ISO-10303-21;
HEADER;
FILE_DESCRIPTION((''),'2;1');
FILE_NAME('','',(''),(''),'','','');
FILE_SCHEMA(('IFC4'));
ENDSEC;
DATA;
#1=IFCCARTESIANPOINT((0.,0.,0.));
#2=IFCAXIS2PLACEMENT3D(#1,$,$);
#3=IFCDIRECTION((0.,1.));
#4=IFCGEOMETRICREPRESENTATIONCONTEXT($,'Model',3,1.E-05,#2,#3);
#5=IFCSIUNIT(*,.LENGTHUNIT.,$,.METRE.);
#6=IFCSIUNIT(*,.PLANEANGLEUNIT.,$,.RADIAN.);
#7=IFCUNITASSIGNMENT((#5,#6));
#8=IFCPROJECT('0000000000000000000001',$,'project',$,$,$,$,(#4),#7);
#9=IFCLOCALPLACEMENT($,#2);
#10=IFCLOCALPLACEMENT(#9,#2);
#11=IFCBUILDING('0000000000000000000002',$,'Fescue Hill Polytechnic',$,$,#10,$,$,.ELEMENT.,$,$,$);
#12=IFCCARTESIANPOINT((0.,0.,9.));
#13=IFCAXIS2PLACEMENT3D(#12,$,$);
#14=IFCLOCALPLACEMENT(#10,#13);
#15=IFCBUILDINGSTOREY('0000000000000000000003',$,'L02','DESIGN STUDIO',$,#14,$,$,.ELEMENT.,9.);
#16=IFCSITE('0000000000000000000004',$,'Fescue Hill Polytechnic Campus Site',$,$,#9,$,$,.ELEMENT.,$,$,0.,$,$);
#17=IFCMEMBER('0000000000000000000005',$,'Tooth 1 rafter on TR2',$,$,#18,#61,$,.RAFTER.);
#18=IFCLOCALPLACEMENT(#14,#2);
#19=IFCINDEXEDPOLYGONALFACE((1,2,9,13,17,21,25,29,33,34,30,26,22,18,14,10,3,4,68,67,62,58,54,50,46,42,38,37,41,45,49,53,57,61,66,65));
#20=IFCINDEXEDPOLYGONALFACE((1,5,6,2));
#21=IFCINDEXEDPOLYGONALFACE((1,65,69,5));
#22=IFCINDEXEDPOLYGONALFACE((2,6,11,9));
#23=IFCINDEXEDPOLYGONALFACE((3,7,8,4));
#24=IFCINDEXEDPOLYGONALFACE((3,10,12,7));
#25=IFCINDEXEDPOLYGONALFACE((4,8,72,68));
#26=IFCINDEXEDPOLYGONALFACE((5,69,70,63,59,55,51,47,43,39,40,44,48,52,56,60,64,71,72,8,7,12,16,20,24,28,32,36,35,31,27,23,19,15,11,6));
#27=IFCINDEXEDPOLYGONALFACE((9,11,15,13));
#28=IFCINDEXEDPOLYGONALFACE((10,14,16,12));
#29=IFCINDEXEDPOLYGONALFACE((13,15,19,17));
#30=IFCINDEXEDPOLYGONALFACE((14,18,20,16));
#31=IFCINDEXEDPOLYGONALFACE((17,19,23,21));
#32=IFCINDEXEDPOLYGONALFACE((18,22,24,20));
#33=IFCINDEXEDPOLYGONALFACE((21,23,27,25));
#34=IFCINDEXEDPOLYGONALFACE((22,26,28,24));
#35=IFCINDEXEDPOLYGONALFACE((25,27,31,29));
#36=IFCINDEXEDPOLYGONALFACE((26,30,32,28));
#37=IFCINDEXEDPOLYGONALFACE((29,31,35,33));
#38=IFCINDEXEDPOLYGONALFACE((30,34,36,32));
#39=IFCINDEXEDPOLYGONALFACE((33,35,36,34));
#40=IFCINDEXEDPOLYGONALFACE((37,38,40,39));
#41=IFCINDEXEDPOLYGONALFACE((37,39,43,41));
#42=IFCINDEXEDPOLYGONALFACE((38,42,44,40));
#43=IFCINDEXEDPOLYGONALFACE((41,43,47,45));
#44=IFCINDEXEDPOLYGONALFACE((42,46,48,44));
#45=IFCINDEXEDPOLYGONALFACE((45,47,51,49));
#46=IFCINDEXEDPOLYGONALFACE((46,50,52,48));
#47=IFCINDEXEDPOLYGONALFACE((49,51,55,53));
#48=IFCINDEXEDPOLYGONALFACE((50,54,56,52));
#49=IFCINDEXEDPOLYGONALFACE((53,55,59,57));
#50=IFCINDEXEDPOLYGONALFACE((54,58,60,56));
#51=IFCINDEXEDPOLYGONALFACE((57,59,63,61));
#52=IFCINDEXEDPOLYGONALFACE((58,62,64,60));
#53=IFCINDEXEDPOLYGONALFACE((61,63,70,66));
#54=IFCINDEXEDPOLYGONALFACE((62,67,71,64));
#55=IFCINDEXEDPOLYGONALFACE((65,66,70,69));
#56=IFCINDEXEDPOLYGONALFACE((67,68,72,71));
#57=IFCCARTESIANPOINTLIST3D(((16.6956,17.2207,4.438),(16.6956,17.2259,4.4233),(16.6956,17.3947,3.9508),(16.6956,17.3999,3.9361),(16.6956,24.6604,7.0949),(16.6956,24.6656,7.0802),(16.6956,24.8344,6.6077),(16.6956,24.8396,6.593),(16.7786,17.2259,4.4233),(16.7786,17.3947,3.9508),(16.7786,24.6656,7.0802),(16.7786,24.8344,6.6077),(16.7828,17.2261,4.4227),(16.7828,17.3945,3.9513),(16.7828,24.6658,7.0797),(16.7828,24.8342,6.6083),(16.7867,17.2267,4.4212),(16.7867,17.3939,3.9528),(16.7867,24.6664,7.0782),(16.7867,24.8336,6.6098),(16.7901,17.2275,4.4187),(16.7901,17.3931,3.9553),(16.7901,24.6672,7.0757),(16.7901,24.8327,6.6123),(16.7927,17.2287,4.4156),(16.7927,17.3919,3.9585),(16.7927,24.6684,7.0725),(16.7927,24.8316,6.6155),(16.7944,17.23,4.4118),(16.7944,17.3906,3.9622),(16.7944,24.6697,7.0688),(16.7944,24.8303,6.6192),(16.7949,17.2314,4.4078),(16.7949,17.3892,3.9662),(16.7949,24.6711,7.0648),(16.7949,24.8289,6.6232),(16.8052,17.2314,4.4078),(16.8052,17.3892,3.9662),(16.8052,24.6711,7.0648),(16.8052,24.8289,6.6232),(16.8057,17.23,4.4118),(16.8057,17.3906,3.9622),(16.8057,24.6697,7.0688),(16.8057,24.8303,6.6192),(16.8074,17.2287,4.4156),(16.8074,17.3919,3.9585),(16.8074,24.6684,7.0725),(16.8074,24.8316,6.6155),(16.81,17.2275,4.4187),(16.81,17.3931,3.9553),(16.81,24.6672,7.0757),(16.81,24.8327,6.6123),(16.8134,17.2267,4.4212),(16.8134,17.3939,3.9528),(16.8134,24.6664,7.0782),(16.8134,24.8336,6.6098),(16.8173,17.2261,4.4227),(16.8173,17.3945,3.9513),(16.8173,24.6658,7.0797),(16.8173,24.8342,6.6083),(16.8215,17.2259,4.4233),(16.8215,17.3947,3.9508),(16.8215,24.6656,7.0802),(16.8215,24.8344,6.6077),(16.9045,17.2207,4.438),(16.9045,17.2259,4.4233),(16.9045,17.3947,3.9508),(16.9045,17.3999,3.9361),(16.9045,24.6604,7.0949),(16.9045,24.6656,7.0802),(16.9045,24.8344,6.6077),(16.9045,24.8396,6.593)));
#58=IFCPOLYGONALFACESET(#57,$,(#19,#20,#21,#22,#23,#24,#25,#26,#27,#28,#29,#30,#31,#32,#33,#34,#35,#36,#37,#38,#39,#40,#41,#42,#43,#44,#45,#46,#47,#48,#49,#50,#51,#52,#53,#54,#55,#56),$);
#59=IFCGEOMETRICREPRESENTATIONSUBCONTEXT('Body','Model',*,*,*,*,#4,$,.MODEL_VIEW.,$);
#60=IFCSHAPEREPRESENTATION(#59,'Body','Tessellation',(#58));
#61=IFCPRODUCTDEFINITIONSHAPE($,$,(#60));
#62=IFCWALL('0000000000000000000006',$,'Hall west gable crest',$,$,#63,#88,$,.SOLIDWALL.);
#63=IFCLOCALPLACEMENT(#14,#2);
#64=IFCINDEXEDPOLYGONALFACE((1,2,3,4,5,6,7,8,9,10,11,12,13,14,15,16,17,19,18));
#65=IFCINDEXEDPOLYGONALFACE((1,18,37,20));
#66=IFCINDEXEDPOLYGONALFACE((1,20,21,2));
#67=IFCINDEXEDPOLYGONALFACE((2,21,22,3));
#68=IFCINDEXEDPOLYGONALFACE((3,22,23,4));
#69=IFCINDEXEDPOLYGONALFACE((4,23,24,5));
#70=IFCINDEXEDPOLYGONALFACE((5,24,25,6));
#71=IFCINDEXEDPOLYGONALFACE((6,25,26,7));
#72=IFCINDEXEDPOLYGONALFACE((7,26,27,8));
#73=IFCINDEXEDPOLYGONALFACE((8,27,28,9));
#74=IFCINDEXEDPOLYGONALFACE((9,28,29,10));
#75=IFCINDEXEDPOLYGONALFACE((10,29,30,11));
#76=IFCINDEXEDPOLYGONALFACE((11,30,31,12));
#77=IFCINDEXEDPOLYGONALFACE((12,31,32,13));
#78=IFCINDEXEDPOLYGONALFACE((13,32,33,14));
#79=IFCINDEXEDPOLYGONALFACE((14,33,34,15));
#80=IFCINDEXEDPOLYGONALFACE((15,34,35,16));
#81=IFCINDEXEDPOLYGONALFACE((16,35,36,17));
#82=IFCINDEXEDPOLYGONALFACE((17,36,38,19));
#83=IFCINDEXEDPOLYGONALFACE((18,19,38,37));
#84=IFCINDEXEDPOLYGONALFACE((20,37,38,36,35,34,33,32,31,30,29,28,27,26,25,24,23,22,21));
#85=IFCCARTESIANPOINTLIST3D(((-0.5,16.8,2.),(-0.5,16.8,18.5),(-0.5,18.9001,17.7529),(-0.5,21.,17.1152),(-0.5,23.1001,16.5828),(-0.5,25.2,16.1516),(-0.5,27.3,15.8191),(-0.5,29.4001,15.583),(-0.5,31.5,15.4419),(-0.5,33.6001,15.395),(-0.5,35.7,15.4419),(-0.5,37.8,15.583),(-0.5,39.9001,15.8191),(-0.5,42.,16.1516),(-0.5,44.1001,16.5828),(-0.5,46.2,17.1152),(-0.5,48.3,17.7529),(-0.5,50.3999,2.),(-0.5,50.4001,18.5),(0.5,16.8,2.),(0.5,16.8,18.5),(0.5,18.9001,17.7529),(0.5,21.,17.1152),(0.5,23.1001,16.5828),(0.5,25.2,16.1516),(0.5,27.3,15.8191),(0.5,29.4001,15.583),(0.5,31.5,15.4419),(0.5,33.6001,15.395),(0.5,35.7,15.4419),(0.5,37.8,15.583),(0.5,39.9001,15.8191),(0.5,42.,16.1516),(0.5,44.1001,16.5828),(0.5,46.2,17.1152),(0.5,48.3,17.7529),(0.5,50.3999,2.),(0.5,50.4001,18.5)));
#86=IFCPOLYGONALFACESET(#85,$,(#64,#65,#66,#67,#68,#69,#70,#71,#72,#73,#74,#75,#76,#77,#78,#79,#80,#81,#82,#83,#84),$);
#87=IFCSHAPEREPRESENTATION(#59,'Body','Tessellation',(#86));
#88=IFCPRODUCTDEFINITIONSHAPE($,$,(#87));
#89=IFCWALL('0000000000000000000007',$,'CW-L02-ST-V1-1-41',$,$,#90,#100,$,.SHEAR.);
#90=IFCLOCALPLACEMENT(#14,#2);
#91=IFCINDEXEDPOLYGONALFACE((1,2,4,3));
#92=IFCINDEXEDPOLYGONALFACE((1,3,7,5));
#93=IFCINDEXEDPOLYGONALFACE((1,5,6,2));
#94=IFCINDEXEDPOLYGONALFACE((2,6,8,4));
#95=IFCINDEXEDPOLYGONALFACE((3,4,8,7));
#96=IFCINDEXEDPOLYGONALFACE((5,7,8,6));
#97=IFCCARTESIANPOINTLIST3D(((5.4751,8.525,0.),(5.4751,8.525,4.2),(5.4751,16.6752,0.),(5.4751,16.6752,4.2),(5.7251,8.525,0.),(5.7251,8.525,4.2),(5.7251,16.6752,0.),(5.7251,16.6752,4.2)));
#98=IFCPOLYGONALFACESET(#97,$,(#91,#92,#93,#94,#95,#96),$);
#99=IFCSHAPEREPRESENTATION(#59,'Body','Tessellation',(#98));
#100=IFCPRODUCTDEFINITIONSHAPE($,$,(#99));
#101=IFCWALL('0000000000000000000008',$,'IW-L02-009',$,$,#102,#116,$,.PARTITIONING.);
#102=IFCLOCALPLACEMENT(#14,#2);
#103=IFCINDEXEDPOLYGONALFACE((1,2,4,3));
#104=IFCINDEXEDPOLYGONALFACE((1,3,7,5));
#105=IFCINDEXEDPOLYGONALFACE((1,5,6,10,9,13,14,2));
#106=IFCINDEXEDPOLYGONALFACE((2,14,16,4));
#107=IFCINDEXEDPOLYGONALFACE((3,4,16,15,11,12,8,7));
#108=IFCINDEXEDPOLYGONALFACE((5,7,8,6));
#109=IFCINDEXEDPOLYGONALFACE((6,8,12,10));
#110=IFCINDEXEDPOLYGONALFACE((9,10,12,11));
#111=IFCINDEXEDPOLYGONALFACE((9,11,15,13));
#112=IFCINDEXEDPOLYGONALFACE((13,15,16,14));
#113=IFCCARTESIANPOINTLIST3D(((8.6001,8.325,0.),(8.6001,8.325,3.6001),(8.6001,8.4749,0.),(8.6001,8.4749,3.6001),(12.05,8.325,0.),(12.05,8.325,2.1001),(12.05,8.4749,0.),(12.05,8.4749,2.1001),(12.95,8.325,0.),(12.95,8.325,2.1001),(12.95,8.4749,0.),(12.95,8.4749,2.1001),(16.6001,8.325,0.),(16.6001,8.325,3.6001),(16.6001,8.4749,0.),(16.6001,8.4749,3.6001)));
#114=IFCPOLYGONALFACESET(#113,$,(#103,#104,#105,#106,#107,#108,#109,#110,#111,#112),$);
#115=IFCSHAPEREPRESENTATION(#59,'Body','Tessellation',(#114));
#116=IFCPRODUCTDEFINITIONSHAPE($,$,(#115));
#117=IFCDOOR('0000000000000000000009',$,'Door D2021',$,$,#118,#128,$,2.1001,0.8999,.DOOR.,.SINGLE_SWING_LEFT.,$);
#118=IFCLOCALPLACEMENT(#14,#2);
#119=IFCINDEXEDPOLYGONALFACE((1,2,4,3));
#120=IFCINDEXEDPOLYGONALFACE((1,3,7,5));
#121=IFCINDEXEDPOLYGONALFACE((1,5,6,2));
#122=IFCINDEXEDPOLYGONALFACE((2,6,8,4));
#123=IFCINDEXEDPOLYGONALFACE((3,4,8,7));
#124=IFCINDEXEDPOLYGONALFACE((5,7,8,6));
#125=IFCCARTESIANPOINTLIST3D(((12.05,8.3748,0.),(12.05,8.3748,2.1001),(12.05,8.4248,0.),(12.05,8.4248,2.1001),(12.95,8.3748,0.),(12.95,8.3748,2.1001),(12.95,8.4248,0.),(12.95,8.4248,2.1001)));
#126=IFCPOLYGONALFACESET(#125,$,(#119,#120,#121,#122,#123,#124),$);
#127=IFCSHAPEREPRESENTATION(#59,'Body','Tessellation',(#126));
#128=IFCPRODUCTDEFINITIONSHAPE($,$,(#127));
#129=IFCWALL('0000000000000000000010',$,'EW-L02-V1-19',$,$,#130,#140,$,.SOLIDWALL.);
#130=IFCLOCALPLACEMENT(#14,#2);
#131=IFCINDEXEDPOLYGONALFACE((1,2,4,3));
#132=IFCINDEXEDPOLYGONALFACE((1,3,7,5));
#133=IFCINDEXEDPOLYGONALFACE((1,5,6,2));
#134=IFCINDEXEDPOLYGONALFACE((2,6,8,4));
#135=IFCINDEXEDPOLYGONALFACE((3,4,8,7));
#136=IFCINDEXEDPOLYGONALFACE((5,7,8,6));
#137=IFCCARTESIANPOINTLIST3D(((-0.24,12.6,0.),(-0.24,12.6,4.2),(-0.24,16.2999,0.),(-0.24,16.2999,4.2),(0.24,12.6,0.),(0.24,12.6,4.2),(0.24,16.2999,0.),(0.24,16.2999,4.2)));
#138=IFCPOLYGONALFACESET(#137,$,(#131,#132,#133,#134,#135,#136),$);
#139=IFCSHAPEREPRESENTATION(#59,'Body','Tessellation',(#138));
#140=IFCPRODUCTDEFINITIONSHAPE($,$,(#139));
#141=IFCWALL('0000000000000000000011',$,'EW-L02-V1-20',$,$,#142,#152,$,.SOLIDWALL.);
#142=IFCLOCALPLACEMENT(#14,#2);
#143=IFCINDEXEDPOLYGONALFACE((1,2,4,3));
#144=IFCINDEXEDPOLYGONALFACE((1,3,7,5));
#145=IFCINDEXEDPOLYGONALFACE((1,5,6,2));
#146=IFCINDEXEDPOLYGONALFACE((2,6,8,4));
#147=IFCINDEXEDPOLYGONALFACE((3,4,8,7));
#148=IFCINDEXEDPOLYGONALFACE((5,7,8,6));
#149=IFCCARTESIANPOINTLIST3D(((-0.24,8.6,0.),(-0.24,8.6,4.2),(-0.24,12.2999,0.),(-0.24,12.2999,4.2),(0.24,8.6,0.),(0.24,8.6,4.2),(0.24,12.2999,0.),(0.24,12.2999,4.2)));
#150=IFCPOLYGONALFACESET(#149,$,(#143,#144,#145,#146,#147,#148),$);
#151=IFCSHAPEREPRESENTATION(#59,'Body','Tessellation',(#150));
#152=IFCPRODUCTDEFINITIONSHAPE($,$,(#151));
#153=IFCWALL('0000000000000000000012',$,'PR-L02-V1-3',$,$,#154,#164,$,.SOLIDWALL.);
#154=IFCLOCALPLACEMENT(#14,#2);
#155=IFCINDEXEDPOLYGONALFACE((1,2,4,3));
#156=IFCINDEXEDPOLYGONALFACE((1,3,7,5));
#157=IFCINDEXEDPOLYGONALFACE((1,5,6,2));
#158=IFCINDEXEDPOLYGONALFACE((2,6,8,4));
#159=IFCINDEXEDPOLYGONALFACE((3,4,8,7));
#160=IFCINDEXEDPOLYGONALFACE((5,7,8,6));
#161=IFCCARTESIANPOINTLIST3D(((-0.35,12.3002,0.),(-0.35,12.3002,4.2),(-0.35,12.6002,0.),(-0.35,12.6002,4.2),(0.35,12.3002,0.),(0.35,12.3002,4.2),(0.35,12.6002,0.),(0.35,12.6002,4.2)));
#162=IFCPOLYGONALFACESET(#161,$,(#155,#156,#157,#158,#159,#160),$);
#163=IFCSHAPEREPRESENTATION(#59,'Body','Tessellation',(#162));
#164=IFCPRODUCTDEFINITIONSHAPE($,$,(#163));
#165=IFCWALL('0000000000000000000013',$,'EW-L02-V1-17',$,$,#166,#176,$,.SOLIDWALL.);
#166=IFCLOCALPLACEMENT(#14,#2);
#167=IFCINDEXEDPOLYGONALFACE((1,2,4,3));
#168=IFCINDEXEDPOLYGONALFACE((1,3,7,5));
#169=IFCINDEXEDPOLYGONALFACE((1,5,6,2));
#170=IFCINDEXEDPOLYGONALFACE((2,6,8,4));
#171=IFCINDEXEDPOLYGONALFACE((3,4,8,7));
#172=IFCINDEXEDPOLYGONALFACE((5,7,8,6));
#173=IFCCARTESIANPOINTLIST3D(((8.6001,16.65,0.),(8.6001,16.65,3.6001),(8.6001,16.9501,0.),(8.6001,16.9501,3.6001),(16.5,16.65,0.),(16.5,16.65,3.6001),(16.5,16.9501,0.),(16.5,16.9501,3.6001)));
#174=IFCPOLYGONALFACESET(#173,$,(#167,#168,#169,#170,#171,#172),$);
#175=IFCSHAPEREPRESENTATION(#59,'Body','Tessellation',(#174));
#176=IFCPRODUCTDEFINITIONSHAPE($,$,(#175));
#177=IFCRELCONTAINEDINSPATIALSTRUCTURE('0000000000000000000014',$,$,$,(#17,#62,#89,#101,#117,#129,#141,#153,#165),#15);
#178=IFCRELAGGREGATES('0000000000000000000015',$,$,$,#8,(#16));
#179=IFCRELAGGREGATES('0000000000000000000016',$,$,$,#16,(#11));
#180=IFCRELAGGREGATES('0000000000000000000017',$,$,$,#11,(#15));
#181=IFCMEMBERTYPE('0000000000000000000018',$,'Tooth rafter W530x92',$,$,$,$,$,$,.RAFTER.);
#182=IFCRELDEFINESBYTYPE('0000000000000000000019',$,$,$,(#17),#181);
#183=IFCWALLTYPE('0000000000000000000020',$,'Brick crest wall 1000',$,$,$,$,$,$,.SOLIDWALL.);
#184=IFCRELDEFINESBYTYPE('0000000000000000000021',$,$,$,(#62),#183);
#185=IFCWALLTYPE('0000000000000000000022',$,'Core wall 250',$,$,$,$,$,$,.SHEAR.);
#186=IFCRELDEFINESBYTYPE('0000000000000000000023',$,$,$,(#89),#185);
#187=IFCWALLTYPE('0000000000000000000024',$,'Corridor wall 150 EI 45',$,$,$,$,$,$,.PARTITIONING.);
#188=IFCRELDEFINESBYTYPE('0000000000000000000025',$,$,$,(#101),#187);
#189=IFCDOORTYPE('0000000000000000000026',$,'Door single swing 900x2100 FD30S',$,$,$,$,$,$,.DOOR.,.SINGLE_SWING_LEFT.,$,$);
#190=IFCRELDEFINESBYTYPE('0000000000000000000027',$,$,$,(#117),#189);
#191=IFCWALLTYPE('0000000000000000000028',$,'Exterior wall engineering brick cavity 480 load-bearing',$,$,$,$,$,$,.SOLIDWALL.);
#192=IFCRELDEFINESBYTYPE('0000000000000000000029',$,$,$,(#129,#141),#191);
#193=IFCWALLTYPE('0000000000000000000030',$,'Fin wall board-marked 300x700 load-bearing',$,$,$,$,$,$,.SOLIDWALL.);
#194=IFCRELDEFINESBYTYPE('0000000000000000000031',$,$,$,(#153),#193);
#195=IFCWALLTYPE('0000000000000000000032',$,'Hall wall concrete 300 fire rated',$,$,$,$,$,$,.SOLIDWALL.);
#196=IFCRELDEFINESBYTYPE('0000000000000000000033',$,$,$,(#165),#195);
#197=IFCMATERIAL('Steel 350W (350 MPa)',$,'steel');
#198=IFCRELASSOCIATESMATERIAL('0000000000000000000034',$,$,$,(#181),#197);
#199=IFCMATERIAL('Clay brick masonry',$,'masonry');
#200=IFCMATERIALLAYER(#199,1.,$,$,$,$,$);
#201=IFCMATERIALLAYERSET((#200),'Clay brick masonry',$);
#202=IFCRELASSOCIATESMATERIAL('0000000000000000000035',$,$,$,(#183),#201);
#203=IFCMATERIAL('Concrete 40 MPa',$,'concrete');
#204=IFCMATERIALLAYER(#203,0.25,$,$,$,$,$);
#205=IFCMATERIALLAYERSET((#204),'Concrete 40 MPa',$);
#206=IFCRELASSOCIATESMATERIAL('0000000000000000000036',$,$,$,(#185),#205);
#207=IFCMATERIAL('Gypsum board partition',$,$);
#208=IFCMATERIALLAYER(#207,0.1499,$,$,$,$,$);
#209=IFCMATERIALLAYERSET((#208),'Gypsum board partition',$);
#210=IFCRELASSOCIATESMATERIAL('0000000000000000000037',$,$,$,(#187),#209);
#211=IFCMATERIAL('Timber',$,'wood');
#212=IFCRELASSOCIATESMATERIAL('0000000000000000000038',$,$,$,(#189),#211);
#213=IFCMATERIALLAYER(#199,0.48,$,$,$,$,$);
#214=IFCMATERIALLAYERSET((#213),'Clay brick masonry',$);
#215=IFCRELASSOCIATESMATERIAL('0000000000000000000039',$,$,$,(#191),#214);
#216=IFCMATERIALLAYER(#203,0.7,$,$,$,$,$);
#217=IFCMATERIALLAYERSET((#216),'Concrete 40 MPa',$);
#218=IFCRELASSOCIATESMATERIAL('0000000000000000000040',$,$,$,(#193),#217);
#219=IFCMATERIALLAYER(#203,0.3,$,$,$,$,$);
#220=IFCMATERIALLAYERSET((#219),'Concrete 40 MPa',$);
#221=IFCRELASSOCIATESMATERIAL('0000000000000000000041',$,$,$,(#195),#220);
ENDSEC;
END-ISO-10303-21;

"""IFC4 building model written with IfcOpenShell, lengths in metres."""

from ifc_helpers import new_model, si_unit, direction, frame, frame_2d, origin, origin_2d, place, context, subcontext, project, spatial, polyline, rectangle, i_section, outline, extrude, material, layer, layer_set, material_profile, profile_set, type_object, element, fill, save


model = new_model("IFC4")

# Units and contexts
model_context = context("Model", 3, precision=1e-05, world=origin(), true_north=direction((0.0, 1.0)))
body_context = subcontext(model_context, "Body", "Model", "MODEL_VIEW")
ifc_project = project(units=[si_unit("LENGTHUNIT", "METRE"), si_unit("PLANEANGLEUNIT", "RADIAN")], contexts=[model_context])

# Site, building, storey
site_placement = place(None, origin())
site = spatial("IfcSite", under=ifc_project, at=site_placement, Name="Fescue Hill Polytechnic Campus Site", CompositionType="ELEMENT", RefElevation=0.0)
building_placement = place(site_placement, origin())
building = spatial("IfcBuilding", under=site, at=building_placement, Name="Fescue Hill Polytechnic", CompositionType="ELEMENT")
storey_placement = place(building_placement, frame((0.0, 0.0, 9.0)))
storey = spatial("IfcBuildingStorey", under=building, at=storey_placement, Name="L02", Description="DESIGN STUDIO", CompositionType="ELEMENT", Elevation=9.0)

# Shared definitions
ifc_material_1 = material(Name="Concrete 40 MPa", Category="concrete")

# Member
ifc_material_2 = material(Name="Steel 350W (350 MPa)", Category="steel")
ifc_material_profile_1 = material_profile(ifc_material_2, i_section(OverallWidth=0.209, OverallDepth=0.533, WebThickness=0.0103, FlangeThickness=0.0156, FilletRadius=0.0164, at=origin_2d()), Name="W530x92")
ifc_profile_set_1 = profile_set([ifc_material_profile_1], Name="Steel 350W (350 MPa)")
member_type_1 = type_object("IfcMemberType", Name="Tooth rafter W530x92", PredefinedType="RAFTER", material=ifc_profile_set_1)
for number, where, z_axis, x_axis, name in (
    (1, (16.8, 17.3103, 4.187), (0.0, 0.941744, 0.336331), (-1.0, 0.0, 0.0), "Tooth 1 rafter on TR2"),
):
    element("IfcMember", number, at=place(storey_placement, frame(where, z_axis=z_axis, x_axis=x_axis)), inside=storey, type_object=member_type_1, Name=name, PredefinedType="RAFTER", context=body_context, shape_type="SweptSolid", body=[
        extrude(i_section(OverallWidth=0.209, OverallDepth=0.533, WebThickness=0.0103, FlangeThickness=0.0156, FilletRadius=0.0164, at=origin_2d()), origin(), (0.0, 0.0, 1.0), 7.8999),
    ])

# Walls
ifc_material_3 = material(Name="Clay brick masonry", Category="masonry")
ifc_layer_1 = layer(ifc_material_3, 1.0)
ifc_layer_set_1 = layer_set([ifc_layer_1], Name="Clay brick masonry")
wall_type_1 = type_object("IfcWallType", Name="Brick crest wall 1000", PredefinedType="SOLIDWALL", material=ifc_layer_set_1)
wall_1_placement = place(storey_placement, frame((0.0, 16.8, 2.0), z_axis=(0.0, 0.0, 1.0), x_axis=(0.0, 1.0, 0.0)))
element("IfcWall", 2, at=wall_1_placement, inside=storey, type_object=wall_type_1, Name="Hall west gable crest", PredefinedType="SOLIDWALL", context=body_context, shape_type="SweptSolid", body=[
    extrude(outline(polyline([(0.0, 0.0), (33.5999, 0.0), (33.6001, 16.5), (31.5, 15.7529), (29.3999, 15.1152), (27.3, 14.5828), (25.2, 14.1516), (23.1001, 13.8191), (21.0, 13.583), (18.8999, 13.4419), (16.8, 13.395), (14.7, 13.4419), (12.6001, 13.583), (10.5, 13.8191), (8.3999, 14.1516), (6.3, 14.5828), (4.2, 15.1152), (2.1001, 15.7529), (0.0, 16.5), (0.0, 0.0)])), frame((0.0, 0.5, 0.0), z_axis=(0.0, -1.0, 0.0), x_axis=(1.0, 0.0, 0.0)), (0.0, 0.0, 1.0), 1.0),
])
ifc_layer_2 = layer(ifc_material_1, 0.25)
ifc_layer_set_2 = layer_set([ifc_layer_2], Name="Concrete 40 MPa")
wall_type_2 = type_object("IfcWallType", Name="Core wall 250", PredefinedType="SHEAR", material=ifc_layer_set_2)
wall_2_placement = place(storey_placement, frame((5.6001, 8.5249, 0.0), z_axis=(0.0, 0.0, 1.0), x_axis=(0.0, 1.0, 0.0)))
element("IfcWall", 3, at=wall_2_placement, inside=storey, type_object=wall_type_2, Name="CW-L02-ST-V1-1-41", PredefinedType="SHEAR", context=body_context, shape_type="SweptSolid", body=[
    extrude(rectangle(XDim=8.1501, YDim=0.25, at=frame_2d((4.0752, 0.0))), origin(), (0.0, 0.0, 1.0), 4.2),
])

# Wall, opening, door
ifc_material_4 = material(Name="Gypsum board partition")
ifc_layer_3 = layer(ifc_material_4, 0.1499)
ifc_layer_set_3 = layer_set([ifc_layer_3], Name="Gypsum board partition")
wall_type_3 = type_object("IfcWallType", Name="Corridor wall 150 EI 45", PredefinedType="PARTITIONING", material=ifc_layer_set_3)
wall_3_placement = place(storey_placement, frame((8.6001, 8.3999, 0.0), z_axis=(0.0, 0.0, 1.0), x_axis=(1.0, 0.0, 0.0)))
wall_3 = element("IfcWall", 4, at=wall_3_placement, inside=storey, type_object=wall_type_3, Name="IW-L02-009", PredefinedType="PARTITIONING", context=body_context, shape_type="SweptSolid", body=[
    extrude(rectangle(XDim=8.0, YDim=0.1499, at=frame_2d((4.0, 0.0))), origin(), (0.0, 0.0, 1.0), 3.6001),
])
opening_1_placement = place(wall_3_placement, frame((3.45, 0.0, 0.0)))
opening_1 = element("IfcOpeningElement", 5, at=opening_1_placement, cuts=wall_3, PredefinedType="OPENING", context=body_context, shape_type="SweptSolid", body=[
    extrude(rectangle(XDim=0.8999, YDim=2.1001, at=frame_2d((0.45, 1.05))), frame((0.0, 0.085, 0.0), z_axis=(0.0, -1.0, 0.0), x_axis=(1.0, 0.0, 0.0)), (0.0, 0.0, 1.0), 0.1699),
])
ifc_material_5 = material(Name="Timber", Category="wood")
door_type_1 = type_object("IfcDoorType", Name="Door single swing 900x2100 FD30S", OperationType="SINGLE_SWING_LEFT", PredefinedType="DOOR", material=ifc_material_5)
door_1_placement = place(opening_1_placement, origin())
door_1 = element("IfcDoor", 6, at=door_1_placement, inside=storey, type_object=door_type_1, Name="Door D2021", OperationType="SINGLE_SWING_LEFT", OverallHeight=2.1001, OverallWidth=0.8999, PredefinedType="DOOR", context=body_context, shape_type="SweptSolid", body=[
    extrude(rectangle(XDim=0.8999, YDim=2.1001, at=frame_2d((0.45, 1.05))), frame((0.0, 0.0249, 0.0), z_axis=(0.0, -1.0, 0.0), x_axis=(1.0, 0.0, 0.0)), (0.0, 0.0, 1.0), 0.05),
])
fill(opening_1, door_1)

# Walls
ifc_layer_4 = layer(ifc_material_3, 0.48)
ifc_layer_set_4 = layer_set([ifc_layer_4], Name="Clay brick masonry")
wall_type_4 = type_object("IfcWallType", Name="Exterior wall engineering brick cavity 480 load-bearing", PredefinedType="SOLIDWALL", material=ifc_layer_set_4)
for number, where, z_axis, x_axis, name in (
    (7, (0.0, 16.3, 0.0), (0.0, 0.0, 1.0), (0.0, -1.0, 0.0), "EW-L02-V1-19"),
    (8, (0.0, 12.3, 0.0), (0.0, 0.0, 1.0), (0.0, -1.0, 0.0), "EW-L02-V1-20"),
):
    element("IfcWall", number, at=place(storey_placement, frame(where, z_axis=z_axis, x_axis=x_axis)), inside=storey, type_object=wall_type_4, Name=name, PredefinedType="SOLIDWALL", context=body_context, shape_type="SweptSolid", body=[
        extrude(rectangle(XDim=3.7, YDim=0.48, at=frame_2d((1.8501, 0.0))), origin(), (0.0, 0.0, 1.0), 4.2),
    ])
ifc_layer_5 = layer(ifc_material_1, 0.7)
ifc_layer_set_5 = layer_set([ifc_layer_5], Name="Concrete 40 MPa")
wall_type_5 = type_object("IfcWallType", Name="Fin wall board-marked 300x700 load-bearing", PredefinedType="SOLIDWALL", material=ifc_layer_set_5)
wall_4_placement = place(storey_placement, frame((0.0, 12.6001, 0.0), z_axis=(0.0, 0.0, 1.0), x_axis=(0.0, -1.0, 0.0)))
element("IfcWall", 9, at=wall_4_placement, inside=storey, type_object=wall_type_5, Name="PR-L02-V1-3", PredefinedType="SOLIDWALL", context=body_context, shape_type="SweptSolid", body=[
    extrude(rectangle(XDim=0.3, YDim=0.7, at=frame_2d((0.1499, 0.0))), origin(), (0.0, 0.0, 1.0), 4.2),
])
ifc_layer_6 = layer(ifc_material_1, 0.3)
ifc_layer_set_6 = layer_set([ifc_layer_6], Name="Concrete 40 MPa")
wall_type_6 = type_object("IfcWallType", Name="Hall wall concrete 300 fire rated", PredefinedType="SOLIDWALL", material=ifc_layer_set_6)
wall_5_placement = place(storey_placement, frame((16.5, 16.8, 0.0), z_axis=(0.0, 0.0, 1.0), x_axis=(-1.0, 0.0, 0.0)))
element("IfcWall", 10, at=wall_5_placement, inside=storey, type_object=wall_type_6, Name="EW-L02-V1-17", PredefinedType="SOLIDWALL", context=body_context, shape_type="SweptSolid", body=[
    extrude(rectangle(XDim=7.8999, YDim=0.3, at=frame_2d((3.95, 0.0))), origin(), (0.0, 0.0, 1.0), 3.6001),
])

save(model, "model.ifc")
